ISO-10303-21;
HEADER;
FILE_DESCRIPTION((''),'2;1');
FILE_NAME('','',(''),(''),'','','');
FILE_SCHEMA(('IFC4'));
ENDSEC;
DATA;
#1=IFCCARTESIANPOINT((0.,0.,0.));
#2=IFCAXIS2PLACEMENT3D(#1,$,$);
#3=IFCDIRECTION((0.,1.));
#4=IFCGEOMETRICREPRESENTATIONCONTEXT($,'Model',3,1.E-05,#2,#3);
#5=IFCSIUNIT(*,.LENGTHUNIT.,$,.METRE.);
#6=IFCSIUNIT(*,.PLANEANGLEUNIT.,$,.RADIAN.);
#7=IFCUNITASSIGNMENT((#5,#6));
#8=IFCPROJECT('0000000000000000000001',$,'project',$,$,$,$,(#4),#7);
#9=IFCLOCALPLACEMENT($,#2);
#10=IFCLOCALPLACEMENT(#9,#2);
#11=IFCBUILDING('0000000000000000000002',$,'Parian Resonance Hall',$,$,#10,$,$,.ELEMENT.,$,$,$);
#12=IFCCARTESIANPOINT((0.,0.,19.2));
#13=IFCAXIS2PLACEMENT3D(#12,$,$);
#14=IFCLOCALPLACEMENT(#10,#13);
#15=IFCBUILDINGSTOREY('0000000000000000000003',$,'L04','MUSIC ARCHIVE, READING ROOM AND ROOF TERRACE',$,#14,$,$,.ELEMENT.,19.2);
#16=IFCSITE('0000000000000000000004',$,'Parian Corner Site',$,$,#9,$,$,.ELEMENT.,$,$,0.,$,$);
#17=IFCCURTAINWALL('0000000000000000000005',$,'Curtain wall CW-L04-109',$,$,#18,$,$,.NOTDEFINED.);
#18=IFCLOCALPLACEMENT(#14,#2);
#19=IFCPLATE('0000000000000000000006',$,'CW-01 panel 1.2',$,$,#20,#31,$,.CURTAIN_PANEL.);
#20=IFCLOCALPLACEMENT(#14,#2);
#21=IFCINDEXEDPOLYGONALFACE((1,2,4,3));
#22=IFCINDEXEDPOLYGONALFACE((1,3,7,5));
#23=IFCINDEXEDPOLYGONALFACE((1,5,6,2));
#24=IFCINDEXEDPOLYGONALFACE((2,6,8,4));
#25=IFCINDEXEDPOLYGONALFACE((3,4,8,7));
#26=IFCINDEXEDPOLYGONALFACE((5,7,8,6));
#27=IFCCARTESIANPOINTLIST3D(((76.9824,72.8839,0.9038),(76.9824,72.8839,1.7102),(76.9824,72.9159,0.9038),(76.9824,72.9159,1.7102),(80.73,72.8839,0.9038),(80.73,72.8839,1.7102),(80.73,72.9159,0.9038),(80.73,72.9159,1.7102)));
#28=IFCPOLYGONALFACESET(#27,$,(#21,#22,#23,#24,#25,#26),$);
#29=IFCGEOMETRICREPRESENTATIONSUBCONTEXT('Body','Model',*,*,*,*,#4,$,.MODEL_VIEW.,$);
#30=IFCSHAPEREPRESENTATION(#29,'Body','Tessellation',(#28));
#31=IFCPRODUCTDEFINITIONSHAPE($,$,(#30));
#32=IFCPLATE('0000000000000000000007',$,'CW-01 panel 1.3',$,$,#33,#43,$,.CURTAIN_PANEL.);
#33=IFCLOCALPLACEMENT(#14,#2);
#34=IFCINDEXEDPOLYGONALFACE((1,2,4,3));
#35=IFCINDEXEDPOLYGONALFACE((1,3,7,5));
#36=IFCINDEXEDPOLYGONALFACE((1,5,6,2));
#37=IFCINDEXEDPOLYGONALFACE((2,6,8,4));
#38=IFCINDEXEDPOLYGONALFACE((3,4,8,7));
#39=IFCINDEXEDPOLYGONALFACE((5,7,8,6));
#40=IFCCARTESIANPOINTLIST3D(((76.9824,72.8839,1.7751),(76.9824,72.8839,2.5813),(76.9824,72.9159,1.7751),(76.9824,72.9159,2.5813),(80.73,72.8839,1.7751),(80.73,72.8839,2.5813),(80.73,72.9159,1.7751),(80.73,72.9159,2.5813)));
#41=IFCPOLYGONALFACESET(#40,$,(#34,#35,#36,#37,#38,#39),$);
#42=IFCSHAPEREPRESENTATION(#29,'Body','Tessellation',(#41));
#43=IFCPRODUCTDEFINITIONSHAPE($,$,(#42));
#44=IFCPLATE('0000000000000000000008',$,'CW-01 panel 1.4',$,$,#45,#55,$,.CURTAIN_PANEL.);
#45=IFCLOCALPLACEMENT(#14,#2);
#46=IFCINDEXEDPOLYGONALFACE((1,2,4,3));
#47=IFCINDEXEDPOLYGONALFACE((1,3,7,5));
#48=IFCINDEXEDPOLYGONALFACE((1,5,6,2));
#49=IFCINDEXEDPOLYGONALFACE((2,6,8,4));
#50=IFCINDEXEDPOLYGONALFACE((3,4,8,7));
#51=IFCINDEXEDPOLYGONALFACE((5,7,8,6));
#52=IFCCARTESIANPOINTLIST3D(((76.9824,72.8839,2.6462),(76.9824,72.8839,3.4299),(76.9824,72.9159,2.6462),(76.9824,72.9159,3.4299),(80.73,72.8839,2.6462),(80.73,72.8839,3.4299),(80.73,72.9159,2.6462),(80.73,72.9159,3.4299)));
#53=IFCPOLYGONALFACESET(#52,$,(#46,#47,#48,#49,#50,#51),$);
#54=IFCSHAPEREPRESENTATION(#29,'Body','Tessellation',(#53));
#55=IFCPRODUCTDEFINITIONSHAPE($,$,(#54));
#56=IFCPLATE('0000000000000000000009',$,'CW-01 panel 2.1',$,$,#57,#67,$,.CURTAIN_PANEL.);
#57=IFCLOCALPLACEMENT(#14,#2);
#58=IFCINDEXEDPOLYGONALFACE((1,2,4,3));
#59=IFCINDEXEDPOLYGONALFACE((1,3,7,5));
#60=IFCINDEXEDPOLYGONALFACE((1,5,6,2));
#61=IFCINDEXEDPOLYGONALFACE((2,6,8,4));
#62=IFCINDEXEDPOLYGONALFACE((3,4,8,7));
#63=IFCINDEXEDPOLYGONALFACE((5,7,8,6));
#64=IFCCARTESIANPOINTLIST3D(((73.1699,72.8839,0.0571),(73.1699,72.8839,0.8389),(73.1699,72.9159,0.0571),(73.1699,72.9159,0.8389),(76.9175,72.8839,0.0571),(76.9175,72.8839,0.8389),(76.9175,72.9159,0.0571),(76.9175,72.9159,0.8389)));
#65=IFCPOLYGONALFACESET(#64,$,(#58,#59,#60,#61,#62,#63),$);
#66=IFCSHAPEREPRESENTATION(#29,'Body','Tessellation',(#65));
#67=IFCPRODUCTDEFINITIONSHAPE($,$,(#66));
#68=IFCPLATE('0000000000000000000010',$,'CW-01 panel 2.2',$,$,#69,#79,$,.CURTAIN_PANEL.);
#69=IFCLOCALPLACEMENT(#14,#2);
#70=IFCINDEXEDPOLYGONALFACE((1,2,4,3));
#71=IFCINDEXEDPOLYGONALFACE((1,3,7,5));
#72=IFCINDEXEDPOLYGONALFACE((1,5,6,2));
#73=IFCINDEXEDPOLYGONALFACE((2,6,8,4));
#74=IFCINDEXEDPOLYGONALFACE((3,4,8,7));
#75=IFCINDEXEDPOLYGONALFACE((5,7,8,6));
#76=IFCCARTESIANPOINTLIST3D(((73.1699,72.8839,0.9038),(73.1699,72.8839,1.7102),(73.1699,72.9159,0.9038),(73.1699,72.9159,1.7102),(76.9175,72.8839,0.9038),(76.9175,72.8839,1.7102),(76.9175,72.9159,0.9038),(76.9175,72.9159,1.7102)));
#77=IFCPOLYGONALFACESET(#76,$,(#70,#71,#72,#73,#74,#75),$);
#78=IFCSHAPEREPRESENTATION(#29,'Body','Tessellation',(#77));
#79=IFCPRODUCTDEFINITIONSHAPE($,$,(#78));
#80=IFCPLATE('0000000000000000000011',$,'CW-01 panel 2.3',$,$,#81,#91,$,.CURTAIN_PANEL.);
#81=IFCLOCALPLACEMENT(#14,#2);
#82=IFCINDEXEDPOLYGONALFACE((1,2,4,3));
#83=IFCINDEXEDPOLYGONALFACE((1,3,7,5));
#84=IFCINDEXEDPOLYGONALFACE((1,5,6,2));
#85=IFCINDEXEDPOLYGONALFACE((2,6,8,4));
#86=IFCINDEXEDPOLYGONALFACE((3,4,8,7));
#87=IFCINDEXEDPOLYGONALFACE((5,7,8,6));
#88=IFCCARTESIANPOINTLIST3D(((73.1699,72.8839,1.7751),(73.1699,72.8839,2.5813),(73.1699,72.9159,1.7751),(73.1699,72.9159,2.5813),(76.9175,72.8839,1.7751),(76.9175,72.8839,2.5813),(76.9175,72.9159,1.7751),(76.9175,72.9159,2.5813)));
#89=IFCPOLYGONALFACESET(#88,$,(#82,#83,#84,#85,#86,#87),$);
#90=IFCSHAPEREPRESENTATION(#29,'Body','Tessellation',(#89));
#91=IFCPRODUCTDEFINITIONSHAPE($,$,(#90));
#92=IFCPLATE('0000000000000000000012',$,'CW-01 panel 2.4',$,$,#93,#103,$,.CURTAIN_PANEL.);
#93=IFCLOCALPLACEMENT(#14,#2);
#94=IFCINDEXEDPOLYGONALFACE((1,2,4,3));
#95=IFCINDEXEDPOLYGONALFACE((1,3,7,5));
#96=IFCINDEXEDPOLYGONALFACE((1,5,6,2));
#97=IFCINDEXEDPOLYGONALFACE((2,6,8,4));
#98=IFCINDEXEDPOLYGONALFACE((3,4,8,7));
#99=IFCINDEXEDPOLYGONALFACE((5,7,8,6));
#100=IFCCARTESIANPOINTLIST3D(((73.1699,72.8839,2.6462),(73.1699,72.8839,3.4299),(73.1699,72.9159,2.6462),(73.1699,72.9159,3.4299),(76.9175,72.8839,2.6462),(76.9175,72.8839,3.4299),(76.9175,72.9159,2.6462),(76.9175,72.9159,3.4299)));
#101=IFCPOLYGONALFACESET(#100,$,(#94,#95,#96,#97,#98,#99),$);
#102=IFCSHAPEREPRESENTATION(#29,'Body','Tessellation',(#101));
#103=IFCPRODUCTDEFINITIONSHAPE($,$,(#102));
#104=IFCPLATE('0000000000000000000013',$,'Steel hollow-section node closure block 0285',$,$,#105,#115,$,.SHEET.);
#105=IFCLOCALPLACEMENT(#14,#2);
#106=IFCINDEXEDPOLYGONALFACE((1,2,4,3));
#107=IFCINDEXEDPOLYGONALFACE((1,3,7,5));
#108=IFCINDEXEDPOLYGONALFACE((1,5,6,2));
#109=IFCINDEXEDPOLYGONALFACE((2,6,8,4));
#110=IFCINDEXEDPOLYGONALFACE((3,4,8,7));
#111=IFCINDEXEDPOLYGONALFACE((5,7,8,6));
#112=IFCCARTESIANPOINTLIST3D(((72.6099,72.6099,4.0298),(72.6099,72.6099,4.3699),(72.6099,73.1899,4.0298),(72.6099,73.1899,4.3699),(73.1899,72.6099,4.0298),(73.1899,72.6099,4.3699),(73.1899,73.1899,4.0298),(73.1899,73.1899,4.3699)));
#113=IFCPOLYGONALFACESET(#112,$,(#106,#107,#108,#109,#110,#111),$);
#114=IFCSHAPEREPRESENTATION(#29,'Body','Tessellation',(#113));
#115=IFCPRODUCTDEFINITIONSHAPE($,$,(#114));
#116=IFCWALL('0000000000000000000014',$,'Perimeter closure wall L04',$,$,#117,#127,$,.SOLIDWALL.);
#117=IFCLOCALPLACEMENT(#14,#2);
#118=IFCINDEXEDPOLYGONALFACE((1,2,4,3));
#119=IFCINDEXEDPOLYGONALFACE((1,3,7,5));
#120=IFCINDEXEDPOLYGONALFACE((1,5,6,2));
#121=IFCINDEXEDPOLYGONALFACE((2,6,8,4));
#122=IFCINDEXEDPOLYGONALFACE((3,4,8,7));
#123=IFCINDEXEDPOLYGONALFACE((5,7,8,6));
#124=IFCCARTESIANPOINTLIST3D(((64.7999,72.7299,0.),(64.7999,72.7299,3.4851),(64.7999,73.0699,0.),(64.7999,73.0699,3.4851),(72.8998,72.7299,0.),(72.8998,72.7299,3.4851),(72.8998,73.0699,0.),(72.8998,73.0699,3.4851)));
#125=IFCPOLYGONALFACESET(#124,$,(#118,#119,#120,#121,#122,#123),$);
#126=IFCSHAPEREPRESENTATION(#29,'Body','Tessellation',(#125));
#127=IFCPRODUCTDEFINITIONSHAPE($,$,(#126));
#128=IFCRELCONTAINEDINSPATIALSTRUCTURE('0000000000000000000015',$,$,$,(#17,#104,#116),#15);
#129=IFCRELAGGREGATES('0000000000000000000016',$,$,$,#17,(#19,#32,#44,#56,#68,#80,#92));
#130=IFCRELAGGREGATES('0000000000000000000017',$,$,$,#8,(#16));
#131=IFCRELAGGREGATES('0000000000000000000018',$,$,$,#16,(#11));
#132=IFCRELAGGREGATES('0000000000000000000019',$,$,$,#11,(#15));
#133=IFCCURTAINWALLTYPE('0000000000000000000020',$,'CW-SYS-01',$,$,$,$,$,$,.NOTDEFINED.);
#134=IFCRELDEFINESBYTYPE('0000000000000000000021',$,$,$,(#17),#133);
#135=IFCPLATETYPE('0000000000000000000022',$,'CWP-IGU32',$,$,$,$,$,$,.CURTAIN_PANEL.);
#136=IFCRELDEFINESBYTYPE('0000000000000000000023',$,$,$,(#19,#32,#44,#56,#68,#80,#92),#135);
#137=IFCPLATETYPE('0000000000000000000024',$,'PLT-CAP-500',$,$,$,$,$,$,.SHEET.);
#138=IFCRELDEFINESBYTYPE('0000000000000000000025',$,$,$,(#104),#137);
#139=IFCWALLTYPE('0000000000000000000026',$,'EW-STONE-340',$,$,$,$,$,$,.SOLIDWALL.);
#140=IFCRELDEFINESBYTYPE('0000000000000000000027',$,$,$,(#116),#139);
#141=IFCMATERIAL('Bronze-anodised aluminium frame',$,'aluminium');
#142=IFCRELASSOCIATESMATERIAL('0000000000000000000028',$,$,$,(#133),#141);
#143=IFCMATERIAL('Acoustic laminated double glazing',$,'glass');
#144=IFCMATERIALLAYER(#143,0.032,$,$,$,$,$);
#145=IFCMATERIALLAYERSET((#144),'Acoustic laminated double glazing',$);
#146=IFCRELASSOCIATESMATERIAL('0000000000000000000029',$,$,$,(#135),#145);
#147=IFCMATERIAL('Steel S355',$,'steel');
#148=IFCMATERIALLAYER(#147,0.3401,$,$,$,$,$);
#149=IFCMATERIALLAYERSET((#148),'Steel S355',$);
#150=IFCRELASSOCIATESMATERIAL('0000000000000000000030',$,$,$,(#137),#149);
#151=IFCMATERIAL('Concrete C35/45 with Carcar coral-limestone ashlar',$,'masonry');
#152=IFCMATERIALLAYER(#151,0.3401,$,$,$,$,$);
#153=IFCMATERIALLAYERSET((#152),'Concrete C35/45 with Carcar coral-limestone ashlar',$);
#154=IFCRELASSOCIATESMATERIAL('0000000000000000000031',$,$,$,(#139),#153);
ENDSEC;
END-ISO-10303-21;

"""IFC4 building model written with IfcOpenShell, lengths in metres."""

from ifc_helpers import new_model, si_unit, direction, frame, frame_2d, origin, origin_2d, place, context, subcontext, project, spatial, rectangle, extrude, material, layer, layer_set, type_object, element, aggregate, save


model = new_model("IFC4")

# Units and contexts
model_context = context("Model", 3, precision=1e-05, world=origin(), true_north=direction((0.0, 1.0)))
body_context = subcontext(model_context, "Body", "Model", "MODEL_VIEW")
ifc_project = project(units=[si_unit("LENGTHUNIT", "METRE"), si_unit("PLANEANGLEUNIT", "RADIAN")], contexts=[model_context])

# Site, building, storey
site_placement = place(None, origin())
site = spatial("IfcSite", under=ifc_project, at=site_placement, Name="Parian Corner Site", CompositionType="ELEMENT", RefElevation=0.0)
building_placement = place(site_placement, origin())
building = spatial("IfcBuilding", under=site, at=building_placement, Name="Parian Resonance Hall", CompositionType="ELEMENT")
storey_placement = place(building_placement, frame((0.0, 0.0, 19.2)))
storey = spatial("IfcBuildingStorey", under=building, at=storey_placement, Name="L04", Description="MUSIC ARCHIVE, READING ROOM AND ROOF TERRACE", CompositionType="ELEMENT", Elevation=19.2)

# Curtain wall, plates
ifc_material_1 = material(Name="Bronze-anodised aluminium frame", Category="aluminium")
curtain_wall_type = type_object("IfcCurtainWallType", Name="CW-SYS-01", PredefinedType="NOTDEFINED", material=ifc_material_1)
curtain_wall_placement = place(storey_placement, origin())
curtain_wall = element("IfcCurtainWall", 1, at=curtain_wall_placement, inside=storey, type_object=curtain_wall_type, Name="Curtain wall CW-L04-109", PredefinedType="NOTDEFINED")
ifc_material_2 = material(Name="Acoustic laminated double glazing", Category="glass")
ifc_layer_1 = layer(ifc_material_2, 0.032)
ifc_layer_set_1 = layer_set([ifc_layer_1], Name="Acoustic laminated double glazing")
plate_type_1 = type_object("IfcPlateType", Name="CWP-IGU32", PredefinedType="CURTAIN_PANEL", material=ifc_layer_set_1)
plate_1_placement = place(storey_placement, frame((78.8562, 72.8999, 0.9038), z_axis=(0.0, 0.0, 1.0), x_axis=(-1.0, 0.0, 0.0)))
plate_1 = element("IfcPlate", 2, at=plate_1_placement, type_object=plate_type_1, Name="CW-01 panel 1.2", PredefinedType="CURTAIN_PANEL", context=body_context, shape_type="SweptSolid", body=[
    extrude(rectangle(XDim=3.7476, YDim=0.032, at=origin_2d()), origin(), (0.0, 0.0, 1.0), 0.8064),
])
plate_2_placement = place(storey_placement, frame((78.8562, 72.8999, 1.7751), z_axis=(0.0, 0.0, 1.0), x_axis=(-1.0, 0.0, 0.0)))
plate_2 = element("IfcPlate", 3, at=plate_2_placement, type_object=plate_type_1, Name="CW-01 panel 1.3", PredefinedType="CURTAIN_PANEL", context=body_context, shape_type="SweptSolid", body=[
    extrude(rectangle(XDim=3.7476, YDim=0.032, at=origin_2d()), origin(), (0.0, 0.0, 1.0), 0.8062),
])
plate_3_placement = place(storey_placement, frame((78.8562, 72.8999, 2.6462), z_axis=(0.0, 0.0, 1.0), x_axis=(-1.0, 0.0, 0.0)))
plate_3 = element("IfcPlate", 4, at=plate_3_placement, type_object=plate_type_1, Name="CW-01 panel 1.4", PredefinedType="CURTAIN_PANEL", context=body_context, shape_type="SweptSolid", body=[
    extrude(rectangle(XDim=3.7476, YDim=0.032, at=origin_2d()), origin(), (0.0, 0.0, 1.0), 0.7837),
])
plate_4_placement = place(storey_placement, frame((75.0437, 72.8999, 0.0571), z_axis=(0.0, 0.0, 1.0), x_axis=(-1.0, 0.0, 0.0)))
plate_4 = element("IfcPlate", 5, at=plate_4_placement, type_object=plate_type_1, Name="CW-01 panel 2.1", PredefinedType="CURTAIN_PANEL", context=body_context, shape_type="SweptSolid", body=[
    extrude(rectangle(XDim=3.7476, YDim=0.032, at=origin_2d()), origin(), (0.0, 0.0, 1.0), 0.7817),
])
plate_5_placement = place(storey_placement, frame((75.0437, 72.8999, 0.9038), z_axis=(0.0, 0.0, 1.0), x_axis=(-1.0, 0.0, 0.0)))
plate_5 = element("IfcPlate", 6, at=plate_5_placement, type_object=plate_type_1, Name="CW-01 panel 2.2", PredefinedType="CURTAIN_PANEL", context=body_context, shape_type="SweptSolid", body=[
    extrude(rectangle(XDim=3.7476, YDim=0.032, at=origin_2d()), origin(), (0.0, 0.0, 1.0), 0.8064),
])
plate_6_placement = place(storey_placement, frame((75.0437, 72.8999, 1.7751), z_axis=(0.0, 0.0, 1.0), x_axis=(-1.0, 0.0, 0.0)))
plate_6 = element("IfcPlate", 7, at=plate_6_placement, type_object=plate_type_1, Name="CW-01 panel 2.3", PredefinedType="CURTAIN_PANEL", context=body_context, shape_type="SweptSolid", body=[
    extrude(rectangle(XDim=3.7476, YDim=0.032, at=origin_2d()), origin(), (0.0, 0.0, 1.0), 0.8062),
])
plate_7_placement = place(storey_placement, frame((75.0437, 72.8999, 2.6462), z_axis=(0.0, 0.0, 1.0), x_axis=(-1.0, 0.0, 0.0)))
plate_7 = element("IfcPlate", 8, at=plate_7_placement, type_object=plate_type_1, Name="CW-01 panel 2.4", PredefinedType="CURTAIN_PANEL", context=body_context, shape_type="SweptSolid", body=[
    extrude(rectangle(XDim=3.7476, YDim=0.032, at=origin_2d()), origin(), (0.0, 0.0, 1.0), 0.7837),
])
aggregate(curtain_wall, [plate_1, plate_2, plate_3, plate_4, plate_5, plate_6, plate_7])

# Plate
ifc_material_3 = material(Name="Steel S355", Category="steel")
ifc_layer_2 = layer(ifc_material_3, 0.3401)
ifc_layer_set_2 = layer_set([ifc_layer_2], Name="Steel S355")
plate_type_2 = type_object("IfcPlateType", Name="PLT-CAP-500", PredefinedType="SHEET", material=ifc_layer_set_2)
plate_8_placement = place(storey_placement, frame((72.8999, 72.8999, 4.0298), z_axis=(0.0, 0.0, 1.0), x_axis=(1.0, 0.0, 0.0)))
element("IfcPlate", 9, at=plate_8_placement, inside=storey, type_object=plate_type_2, Name="Steel hollow-section node closure block 0285", PredefinedType="SHEET", context=body_context, shape_type="SweptSolid", body=[
    extrude(rectangle(XDim=0.5801, YDim=0.5801, at=origin_2d()), origin(), (0.0, 0.0, 1.0), 0.3401),
])

# Wall
ifc_material_4 = material(Name="Concrete C35/45 with Carcar coral-limestone ashlar", Category="masonry")
ifc_layer_3 = layer(ifc_material_4, 0.3401)
ifc_layer_set_3 = layer_set([ifc_layer_3], Name="Concrete C35/45 with Carcar coral-limestone ashlar")
wall_type = type_object("IfcWallType", Name="EW-STONE-340", PredefinedType="SOLIDWALL", material=ifc_layer_set_3)
wall_placement = place(storey_placement, frame((64.8, 72.8999, 0.0), z_axis=(0.0, 0.0, 1.0), x_axis=(1.0, 0.0, 0.0)))
element("IfcWall", 10, at=wall_placement, inside=storey, type_object=wall_type, Name="Perimeter closure wall L04", PredefinedType="SOLIDWALL", context=body_context, shape_type="SweptSolid", body=[
    extrude(rectangle(XDim=8.0999, YDim=0.3401, at=frame_2d((4.0498, 0.0))), origin(), (0.0, 0.0, 1.0), 3.4851),
])

save(model, "model.ifc")
